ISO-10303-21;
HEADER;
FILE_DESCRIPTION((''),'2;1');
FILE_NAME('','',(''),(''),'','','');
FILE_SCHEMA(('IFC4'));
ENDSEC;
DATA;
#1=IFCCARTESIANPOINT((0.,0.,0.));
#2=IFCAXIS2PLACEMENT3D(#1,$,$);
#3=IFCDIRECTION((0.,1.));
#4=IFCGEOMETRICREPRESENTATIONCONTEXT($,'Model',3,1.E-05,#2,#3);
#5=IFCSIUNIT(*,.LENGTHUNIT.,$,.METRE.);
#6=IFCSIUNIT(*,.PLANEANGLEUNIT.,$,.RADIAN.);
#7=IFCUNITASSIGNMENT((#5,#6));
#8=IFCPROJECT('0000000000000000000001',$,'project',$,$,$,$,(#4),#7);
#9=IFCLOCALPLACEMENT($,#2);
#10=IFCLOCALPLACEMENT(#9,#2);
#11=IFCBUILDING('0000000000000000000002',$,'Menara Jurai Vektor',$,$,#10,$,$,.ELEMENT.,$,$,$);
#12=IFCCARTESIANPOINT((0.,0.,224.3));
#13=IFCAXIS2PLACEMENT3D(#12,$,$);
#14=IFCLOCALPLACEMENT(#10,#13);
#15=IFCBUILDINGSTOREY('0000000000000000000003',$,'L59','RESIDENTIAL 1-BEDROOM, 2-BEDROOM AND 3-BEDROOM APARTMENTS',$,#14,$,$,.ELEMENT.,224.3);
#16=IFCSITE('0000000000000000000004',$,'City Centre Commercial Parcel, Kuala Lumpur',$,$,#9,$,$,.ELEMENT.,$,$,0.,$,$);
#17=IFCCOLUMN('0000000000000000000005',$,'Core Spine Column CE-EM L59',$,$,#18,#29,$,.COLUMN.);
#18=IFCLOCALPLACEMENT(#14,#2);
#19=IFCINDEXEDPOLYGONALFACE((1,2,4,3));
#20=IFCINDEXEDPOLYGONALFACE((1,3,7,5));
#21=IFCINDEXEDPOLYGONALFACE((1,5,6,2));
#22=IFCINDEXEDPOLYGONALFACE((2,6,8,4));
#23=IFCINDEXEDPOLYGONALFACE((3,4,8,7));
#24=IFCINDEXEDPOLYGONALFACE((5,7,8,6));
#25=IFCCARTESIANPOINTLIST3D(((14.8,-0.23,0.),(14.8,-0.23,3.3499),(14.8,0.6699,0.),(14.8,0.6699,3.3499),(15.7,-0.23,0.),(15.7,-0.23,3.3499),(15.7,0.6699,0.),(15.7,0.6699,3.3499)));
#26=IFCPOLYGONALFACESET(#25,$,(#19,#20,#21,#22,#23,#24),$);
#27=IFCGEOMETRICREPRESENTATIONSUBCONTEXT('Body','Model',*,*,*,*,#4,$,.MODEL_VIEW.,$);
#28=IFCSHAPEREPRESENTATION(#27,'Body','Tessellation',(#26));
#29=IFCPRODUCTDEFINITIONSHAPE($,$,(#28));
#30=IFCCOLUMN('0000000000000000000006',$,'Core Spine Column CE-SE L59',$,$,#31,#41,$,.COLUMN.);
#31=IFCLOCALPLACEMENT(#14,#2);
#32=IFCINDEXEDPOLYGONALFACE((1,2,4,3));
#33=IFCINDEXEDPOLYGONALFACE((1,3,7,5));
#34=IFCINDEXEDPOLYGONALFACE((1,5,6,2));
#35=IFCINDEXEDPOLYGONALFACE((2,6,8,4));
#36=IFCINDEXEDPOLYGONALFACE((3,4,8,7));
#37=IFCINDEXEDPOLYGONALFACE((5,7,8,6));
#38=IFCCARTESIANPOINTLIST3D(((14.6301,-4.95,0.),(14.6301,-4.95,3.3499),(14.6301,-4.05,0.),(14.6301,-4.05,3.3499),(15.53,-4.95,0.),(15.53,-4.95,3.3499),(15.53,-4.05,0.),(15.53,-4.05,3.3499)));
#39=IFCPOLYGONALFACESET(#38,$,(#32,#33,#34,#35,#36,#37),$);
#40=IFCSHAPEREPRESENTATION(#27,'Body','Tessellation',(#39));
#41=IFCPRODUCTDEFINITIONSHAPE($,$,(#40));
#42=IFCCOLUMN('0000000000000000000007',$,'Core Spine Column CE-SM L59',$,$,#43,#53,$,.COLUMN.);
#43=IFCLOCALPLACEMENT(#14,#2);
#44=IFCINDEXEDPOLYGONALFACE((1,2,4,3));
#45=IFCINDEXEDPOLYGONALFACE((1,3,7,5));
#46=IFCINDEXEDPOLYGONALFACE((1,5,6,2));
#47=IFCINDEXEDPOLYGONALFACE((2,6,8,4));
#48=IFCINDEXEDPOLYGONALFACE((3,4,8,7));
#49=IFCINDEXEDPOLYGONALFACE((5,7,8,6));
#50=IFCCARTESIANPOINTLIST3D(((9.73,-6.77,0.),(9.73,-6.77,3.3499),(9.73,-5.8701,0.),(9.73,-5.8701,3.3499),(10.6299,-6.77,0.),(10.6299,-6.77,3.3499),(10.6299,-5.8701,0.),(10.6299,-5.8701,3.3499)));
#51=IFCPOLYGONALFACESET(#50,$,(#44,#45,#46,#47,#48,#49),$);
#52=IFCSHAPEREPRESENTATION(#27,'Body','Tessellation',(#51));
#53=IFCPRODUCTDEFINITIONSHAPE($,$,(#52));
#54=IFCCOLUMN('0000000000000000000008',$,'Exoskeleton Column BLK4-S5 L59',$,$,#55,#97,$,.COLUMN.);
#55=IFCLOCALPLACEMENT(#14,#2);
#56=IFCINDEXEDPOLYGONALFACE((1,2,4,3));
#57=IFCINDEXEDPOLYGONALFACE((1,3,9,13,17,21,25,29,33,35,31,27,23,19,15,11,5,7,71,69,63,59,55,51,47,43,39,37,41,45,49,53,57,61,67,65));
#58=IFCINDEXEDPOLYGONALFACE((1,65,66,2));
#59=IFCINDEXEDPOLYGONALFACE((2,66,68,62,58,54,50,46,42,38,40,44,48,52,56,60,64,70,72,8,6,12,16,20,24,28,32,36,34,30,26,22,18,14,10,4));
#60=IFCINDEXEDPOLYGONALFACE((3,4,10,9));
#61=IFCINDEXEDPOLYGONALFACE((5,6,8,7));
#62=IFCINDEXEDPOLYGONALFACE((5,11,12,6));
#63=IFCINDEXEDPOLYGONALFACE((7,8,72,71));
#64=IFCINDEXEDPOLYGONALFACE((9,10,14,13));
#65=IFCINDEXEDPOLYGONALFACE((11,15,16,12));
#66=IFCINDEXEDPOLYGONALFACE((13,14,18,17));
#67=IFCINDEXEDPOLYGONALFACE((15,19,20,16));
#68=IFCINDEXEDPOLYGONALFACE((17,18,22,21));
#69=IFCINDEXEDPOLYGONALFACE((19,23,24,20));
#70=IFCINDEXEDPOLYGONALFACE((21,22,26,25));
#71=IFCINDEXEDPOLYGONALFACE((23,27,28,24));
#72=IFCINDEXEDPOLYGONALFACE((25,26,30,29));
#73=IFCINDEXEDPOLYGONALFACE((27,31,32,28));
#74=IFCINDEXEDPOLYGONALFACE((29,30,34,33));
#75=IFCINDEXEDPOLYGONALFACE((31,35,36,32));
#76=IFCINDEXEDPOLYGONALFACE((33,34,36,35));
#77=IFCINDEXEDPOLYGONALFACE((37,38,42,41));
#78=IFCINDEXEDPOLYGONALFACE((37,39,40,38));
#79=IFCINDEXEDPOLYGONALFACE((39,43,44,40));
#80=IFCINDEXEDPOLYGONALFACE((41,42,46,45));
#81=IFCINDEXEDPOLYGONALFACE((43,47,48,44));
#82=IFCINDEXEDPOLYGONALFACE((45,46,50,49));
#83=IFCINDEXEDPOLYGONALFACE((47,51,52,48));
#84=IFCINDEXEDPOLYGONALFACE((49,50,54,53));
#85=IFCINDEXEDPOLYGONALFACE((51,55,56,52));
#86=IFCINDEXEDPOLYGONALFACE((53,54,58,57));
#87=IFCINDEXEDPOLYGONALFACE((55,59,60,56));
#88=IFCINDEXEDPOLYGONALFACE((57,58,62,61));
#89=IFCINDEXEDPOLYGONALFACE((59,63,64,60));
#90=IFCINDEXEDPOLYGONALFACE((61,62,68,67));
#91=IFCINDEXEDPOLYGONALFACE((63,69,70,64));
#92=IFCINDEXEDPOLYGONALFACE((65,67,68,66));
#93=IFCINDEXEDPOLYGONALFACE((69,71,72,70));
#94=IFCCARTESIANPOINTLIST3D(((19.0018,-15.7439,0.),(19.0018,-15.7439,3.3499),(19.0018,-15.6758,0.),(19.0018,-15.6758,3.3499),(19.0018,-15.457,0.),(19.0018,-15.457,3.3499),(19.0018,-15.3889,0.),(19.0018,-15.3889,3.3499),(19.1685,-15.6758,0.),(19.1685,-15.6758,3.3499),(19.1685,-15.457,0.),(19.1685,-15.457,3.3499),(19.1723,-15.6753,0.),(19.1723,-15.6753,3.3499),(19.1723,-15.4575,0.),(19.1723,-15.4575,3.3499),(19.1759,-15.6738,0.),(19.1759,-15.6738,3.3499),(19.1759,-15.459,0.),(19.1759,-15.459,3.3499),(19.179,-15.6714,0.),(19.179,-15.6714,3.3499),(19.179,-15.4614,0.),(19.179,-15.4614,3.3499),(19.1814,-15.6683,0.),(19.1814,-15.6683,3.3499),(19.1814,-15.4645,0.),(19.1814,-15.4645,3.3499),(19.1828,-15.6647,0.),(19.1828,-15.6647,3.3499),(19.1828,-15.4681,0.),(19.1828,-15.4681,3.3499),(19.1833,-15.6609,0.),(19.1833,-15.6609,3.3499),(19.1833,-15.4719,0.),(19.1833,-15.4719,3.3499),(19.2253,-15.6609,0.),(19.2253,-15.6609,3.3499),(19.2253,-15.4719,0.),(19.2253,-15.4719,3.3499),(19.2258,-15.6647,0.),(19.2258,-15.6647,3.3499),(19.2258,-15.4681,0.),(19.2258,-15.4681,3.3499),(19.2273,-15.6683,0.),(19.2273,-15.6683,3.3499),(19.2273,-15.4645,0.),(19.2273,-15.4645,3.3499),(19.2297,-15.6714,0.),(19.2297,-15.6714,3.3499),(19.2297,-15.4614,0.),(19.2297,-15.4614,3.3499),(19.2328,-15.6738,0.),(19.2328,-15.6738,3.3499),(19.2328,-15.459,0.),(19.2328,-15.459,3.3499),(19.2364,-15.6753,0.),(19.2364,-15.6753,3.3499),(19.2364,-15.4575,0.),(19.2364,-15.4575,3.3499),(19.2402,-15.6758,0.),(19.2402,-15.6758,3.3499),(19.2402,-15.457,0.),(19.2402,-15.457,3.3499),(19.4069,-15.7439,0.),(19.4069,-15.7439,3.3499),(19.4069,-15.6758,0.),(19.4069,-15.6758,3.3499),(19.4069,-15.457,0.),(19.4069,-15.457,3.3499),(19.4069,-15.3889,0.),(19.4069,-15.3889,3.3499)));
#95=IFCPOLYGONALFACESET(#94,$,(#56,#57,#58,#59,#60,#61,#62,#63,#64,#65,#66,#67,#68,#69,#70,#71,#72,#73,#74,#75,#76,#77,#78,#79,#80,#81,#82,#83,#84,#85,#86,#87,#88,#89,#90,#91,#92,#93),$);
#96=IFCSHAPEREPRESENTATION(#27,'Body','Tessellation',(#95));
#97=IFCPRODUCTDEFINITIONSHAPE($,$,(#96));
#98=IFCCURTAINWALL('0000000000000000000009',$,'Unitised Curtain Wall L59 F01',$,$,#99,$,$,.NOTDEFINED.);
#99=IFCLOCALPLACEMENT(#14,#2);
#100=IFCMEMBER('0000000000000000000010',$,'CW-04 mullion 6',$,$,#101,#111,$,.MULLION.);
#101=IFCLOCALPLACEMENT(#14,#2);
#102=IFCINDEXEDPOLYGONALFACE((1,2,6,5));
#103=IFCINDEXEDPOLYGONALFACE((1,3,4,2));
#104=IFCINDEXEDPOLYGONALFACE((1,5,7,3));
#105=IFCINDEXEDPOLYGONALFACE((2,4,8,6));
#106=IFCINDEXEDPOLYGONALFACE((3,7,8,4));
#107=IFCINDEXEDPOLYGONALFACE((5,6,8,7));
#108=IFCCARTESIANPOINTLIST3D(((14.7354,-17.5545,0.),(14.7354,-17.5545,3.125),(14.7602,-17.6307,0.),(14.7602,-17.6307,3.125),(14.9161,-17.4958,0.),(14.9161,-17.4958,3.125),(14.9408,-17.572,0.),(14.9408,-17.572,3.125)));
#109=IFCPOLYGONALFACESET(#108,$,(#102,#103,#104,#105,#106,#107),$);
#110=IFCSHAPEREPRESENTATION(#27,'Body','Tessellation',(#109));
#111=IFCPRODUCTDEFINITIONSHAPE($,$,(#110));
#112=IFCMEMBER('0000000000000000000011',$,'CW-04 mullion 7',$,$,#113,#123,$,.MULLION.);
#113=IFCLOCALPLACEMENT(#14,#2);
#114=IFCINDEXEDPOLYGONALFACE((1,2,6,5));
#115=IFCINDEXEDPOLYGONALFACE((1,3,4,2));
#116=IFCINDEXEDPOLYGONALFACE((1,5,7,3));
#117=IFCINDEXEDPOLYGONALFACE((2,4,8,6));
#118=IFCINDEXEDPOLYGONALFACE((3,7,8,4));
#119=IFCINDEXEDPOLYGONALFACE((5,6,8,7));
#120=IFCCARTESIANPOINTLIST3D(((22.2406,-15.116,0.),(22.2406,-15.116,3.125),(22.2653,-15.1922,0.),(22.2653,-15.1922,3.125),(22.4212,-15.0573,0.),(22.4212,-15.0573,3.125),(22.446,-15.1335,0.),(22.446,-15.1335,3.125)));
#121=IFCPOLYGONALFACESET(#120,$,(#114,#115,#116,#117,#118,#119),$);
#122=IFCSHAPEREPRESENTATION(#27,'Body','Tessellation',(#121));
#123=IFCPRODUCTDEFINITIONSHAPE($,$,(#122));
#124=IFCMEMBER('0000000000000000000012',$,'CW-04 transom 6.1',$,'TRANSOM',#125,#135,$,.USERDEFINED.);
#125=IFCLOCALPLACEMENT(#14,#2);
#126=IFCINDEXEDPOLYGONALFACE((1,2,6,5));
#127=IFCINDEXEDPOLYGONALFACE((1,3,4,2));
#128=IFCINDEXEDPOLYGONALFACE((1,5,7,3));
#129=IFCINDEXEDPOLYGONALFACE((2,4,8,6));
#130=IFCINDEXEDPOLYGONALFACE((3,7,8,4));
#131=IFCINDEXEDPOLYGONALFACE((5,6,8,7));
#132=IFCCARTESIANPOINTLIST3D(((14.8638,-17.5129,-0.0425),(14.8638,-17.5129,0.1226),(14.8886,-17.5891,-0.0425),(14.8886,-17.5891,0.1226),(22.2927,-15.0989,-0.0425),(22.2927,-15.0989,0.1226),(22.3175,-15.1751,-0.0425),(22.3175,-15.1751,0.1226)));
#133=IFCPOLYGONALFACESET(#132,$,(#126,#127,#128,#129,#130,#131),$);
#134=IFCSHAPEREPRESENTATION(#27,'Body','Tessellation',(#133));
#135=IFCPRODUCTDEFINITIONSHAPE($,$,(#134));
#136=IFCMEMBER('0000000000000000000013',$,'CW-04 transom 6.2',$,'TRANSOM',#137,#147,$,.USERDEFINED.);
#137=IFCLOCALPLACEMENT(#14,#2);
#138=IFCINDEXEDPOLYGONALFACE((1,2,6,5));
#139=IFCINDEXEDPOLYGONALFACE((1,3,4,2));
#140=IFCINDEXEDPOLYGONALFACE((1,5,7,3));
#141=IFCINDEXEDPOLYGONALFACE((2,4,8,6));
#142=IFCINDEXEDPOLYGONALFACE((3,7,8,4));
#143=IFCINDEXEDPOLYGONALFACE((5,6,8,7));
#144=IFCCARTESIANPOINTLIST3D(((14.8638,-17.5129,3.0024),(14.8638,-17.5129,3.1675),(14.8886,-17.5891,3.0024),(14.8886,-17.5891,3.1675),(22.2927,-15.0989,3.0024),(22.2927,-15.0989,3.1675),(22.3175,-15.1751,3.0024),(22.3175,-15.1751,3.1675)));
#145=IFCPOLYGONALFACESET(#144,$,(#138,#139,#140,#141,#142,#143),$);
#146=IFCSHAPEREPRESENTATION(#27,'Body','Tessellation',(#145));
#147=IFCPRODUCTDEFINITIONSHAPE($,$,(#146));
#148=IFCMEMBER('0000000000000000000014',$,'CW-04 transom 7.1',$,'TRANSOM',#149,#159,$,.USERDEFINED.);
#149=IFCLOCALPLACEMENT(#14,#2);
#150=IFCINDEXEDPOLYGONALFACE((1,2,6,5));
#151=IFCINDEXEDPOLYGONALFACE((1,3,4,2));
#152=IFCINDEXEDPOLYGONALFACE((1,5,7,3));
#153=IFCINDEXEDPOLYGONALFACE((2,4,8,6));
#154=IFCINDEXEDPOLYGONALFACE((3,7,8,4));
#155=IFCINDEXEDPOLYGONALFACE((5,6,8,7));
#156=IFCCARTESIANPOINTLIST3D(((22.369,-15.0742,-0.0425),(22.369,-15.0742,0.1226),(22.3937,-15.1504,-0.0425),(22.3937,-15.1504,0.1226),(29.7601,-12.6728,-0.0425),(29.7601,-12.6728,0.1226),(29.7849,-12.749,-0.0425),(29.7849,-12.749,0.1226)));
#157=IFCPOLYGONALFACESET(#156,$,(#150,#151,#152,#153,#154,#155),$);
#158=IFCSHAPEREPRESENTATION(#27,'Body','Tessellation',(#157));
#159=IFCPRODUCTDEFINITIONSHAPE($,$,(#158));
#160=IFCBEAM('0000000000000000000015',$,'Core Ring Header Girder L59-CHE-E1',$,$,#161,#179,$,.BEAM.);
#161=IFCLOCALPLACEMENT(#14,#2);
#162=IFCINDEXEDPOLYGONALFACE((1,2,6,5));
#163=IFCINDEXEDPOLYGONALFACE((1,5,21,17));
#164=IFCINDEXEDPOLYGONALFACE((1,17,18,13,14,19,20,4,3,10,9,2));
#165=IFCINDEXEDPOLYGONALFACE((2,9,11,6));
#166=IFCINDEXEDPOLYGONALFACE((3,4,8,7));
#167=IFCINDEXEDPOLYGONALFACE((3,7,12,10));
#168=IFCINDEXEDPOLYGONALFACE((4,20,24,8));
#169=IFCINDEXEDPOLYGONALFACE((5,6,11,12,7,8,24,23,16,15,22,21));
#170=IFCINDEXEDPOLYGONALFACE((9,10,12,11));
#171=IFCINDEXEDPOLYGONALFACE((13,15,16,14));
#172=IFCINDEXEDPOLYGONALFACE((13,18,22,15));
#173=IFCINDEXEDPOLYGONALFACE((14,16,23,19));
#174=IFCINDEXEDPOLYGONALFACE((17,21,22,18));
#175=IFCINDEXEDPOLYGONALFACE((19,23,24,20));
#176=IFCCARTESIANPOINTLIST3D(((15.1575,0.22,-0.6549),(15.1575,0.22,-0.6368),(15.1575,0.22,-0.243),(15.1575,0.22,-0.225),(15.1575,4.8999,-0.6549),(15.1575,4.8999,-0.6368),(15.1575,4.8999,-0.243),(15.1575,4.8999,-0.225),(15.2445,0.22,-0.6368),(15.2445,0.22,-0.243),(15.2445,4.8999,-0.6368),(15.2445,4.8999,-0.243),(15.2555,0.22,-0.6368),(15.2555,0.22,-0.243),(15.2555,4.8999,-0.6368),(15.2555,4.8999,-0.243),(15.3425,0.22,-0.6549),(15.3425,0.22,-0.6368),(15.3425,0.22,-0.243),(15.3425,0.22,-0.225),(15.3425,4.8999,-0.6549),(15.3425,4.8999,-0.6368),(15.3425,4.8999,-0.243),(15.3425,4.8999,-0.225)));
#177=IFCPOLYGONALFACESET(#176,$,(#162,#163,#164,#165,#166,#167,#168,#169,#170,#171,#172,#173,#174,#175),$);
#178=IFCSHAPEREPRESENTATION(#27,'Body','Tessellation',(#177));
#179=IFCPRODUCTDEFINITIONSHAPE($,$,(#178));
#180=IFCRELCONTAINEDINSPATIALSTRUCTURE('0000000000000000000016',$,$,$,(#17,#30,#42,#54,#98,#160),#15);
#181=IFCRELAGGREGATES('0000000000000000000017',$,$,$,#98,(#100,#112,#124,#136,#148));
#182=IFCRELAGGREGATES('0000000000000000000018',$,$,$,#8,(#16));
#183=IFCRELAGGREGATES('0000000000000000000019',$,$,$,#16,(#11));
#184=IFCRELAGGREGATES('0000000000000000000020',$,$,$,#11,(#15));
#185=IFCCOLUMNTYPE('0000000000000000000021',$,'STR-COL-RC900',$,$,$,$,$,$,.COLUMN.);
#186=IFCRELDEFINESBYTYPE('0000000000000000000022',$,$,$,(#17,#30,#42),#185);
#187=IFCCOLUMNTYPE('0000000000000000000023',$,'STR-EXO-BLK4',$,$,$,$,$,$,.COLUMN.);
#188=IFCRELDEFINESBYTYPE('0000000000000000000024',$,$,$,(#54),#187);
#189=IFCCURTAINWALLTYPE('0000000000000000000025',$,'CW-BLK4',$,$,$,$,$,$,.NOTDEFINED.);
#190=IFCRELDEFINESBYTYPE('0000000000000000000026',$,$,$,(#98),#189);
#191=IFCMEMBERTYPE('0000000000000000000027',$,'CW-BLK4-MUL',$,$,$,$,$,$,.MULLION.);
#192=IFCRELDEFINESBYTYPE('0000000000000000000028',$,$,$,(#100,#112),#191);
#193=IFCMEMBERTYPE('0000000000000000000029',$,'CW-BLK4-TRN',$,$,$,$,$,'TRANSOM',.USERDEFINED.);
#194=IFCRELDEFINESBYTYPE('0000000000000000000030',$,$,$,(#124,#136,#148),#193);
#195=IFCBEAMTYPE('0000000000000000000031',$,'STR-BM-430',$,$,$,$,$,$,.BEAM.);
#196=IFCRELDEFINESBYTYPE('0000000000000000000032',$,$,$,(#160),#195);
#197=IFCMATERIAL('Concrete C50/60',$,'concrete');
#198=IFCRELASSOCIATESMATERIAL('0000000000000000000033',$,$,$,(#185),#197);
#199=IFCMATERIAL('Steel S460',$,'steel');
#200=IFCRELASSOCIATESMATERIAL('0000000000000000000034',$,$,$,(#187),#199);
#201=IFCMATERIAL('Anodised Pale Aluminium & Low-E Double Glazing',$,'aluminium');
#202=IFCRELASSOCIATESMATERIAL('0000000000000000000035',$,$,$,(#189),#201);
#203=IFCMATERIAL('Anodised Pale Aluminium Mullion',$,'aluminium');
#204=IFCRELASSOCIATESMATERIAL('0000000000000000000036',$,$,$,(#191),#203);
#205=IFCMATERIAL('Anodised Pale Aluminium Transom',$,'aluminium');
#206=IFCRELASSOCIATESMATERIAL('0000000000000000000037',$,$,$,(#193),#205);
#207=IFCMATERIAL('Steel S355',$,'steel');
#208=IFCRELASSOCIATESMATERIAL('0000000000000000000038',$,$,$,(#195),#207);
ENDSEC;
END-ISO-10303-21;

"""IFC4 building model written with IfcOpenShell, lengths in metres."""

from ifc_helpers import new_model, si_unit, direction, frame, origin, origin_2d, place, context, subcontext, project, spatial, rectangle, i_section, extrude, material, material_profile, profile_set, type_object, element, aggregate, save


model = new_model("IFC4")

# Units and contexts
model_context = context("Model", 3, precision=1e-05, world=origin(), true_north=direction((0.0, 1.0)))
body_context = subcontext(model_context, "Body", "Model", "MODEL_VIEW")
ifc_project = project(units=[si_unit("LENGTHUNIT", "METRE"), si_unit("PLANEANGLEUNIT", "RADIAN")], contexts=[model_context])

# Site, building, storey
site_placement = place(None, origin())
site = spatial("IfcSite", under=ifc_project, at=site_placement, Name="City Centre Commercial Parcel, Kuala Lumpur", CompositionType="ELEMENT", RefElevation=0.0)
building_placement = place(site_placement, origin())
building = spatial("IfcBuilding", under=site, at=building_placement, Name="Menara Jurai Vektor", CompositionType="ELEMENT")
storey_placement = place(building_placement, frame((0.0, 0.0, 224.3)))
storey = spatial("IfcBuildingStorey", under=building, at=storey_placement, Name="L59", Description="RESIDENTIAL 1-BEDROOM, 2-BEDROOM AND 3-BEDROOM APARTMENTS", CompositionType="ELEMENT", Elevation=224.3)

# Columns
ifc_material_1 = material(Name="Concrete C50/60", Category="concrete")
ifc_material_profile_1 = material_profile(ifc_material_1, rectangle(XDim=0.8999, YDim=0.8999, at=origin_2d()), Name="RC 900x900")
ifc_profile_set_1 = profile_set([ifc_material_profile_1], Name="Concrete C50/60")
column_type_1 = type_object("IfcColumnType", Name="STR-COL-RC900", PredefinedType="COLUMN", material=ifc_profile_set_1)
for number, where, z_axis, x_axis, name in (
    (1, (15.25, 0.22, 0.0), (0.0, 0.0, 1.0), (1.0, 0.0, 0.0), "Core Spine Column CE-EM L59"),
    (2, (15.0801, -4.5, 0.0), (0.0, 0.0, 1.0), (1.0, 0.0, 0.0), "Core Spine Column CE-SE L59"),
    (3, (10.1799, -6.3201, 0.0), (0.0, 0.0, 1.0), (1.0, 0.0, 0.0), "Core Spine Column CE-SM L59"),
):
    element("IfcColumn", number, at=place(storey_placement, frame(where, z_axis=z_axis, x_axis=x_axis)), inside=storey, type_object=column_type_1, Name=name, PredefinedType="COLUMN", context=body_context, shape_type="SweptSolid", body=[
        extrude(rectangle(XDim=0.8999, YDim=0.8999, at=origin_2d()), origin(), (0.0, 0.0, 1.0), 3.3499),
    ])
ifc_material_2 = material(Name="Steel S460", Category="steel")
ifc_material_profile_2 = material_profile(ifc_material_2, i_section(OverallWidth=0.405, OverallDepth=0.355, WebThickness=0.042, FlangeThickness=0.0681, FilletRadius=0.0149, at=origin_2d()), Name="HD 400x551")
ifc_profile_set_2 = profile_set([ifc_material_profile_2], Name="Steel S460")
column_type_2 = type_object("IfcColumnType", Name="STR-EXO-BLK4", PredefinedType="COLUMN", material=ifc_profile_set_2)
column_placement = place(storey_placement, frame((19.2043, -15.5664, 0.0), z_axis=(0.0, 0.0, 1.0), x_axis=(1.0, 0.0, 0.0)))
element("IfcColumn", 4, at=column_placement, inside=storey, type_object=column_type_2, Name="Exoskeleton Column BLK4-S5 L59", PredefinedType="COLUMN", context=body_context, shape_type="SweptSolid", body=[
    extrude(i_section(OverallWidth=0.405, OverallDepth=0.355, WebThickness=0.042, FlangeThickness=0.0681, FilletRadius=0.0149, at=origin_2d()), origin(), (0.0, 0.0, 1.0), 3.3499),
])

# Curtain wall, members
ifc_material_3 = material(Name="Anodised Pale Aluminium & Low-E Double Glazing", Category="aluminium")
curtain_wall_type = type_object("IfcCurtainWallType", Name="CW-BLK4", PredefinedType="NOTDEFINED", material=ifc_material_3)
curtain_wall_placement = place(storey_placement, origin())
curtain_wall = element("IfcCurtainWall", 5, at=curtain_wall_placement, inside=storey, type_object=curtain_wall_type, Name="Unitised Curtain Wall L59 F01", PredefinedType="NOTDEFINED")
ifc_material_4 = material(Name="Anodised Pale Aluminium Mullion", Category="aluminium")
ifc_material_profile_3 = material_profile(ifc_material_4, rectangle(XDim=0.0801, YDim=0.1899, at=origin_2d()), Name="ALU MUL 80x190")
ifc_profile_set_3 = profile_set([ifc_material_profile_3], Name="Anodised Pale Aluminium Mullion")
member_type_1 = type_object("IfcMemberType", Name="CW-BLK4-MUL", PredefinedType="MULLION", material=ifc_profile_set_3)
member_1_placement = place(storey_placement, frame((14.8381, -17.5632, 0.0), z_axis=(0.0, 0.0, 1.0), x_axis=(-0.309017, 0.951056, 0.0)))
member_1 = element("IfcMember", 6, at=member_1_placement, type_object=member_type_1, Name="CW-04 mullion 6", PredefinedType="MULLION", context=body_context, shape_type="SweptSolid", body=[
    extrude(rectangle(XDim=0.0801, YDim=0.1899, at=origin_2d()), origin(), (0.0, 0.0, 1.0), 3.125),
])
member_2_placement = place(storey_placement, frame((22.3433, -15.1248, 0.0), z_axis=(0.0, 0.0, 1.0), x_axis=(-0.309017, 0.951056, 0.0)))
member_2 = element("IfcMember", 7, at=member_2_placement, type_object=member_type_1, Name="CW-04 mullion 7", PredefinedType="MULLION", context=body_context, shape_type="SweptSolid", body=[
    extrude(rectangle(XDim=0.0801, YDim=0.1899, at=origin_2d()), origin(), (0.0, 0.0, 1.0), 3.125),
])
ifc_material_5 = material(Name="Anodised Pale Aluminium Transom", Category="aluminium")
ifc_material_profile_4 = material_profile(ifc_material_5, rectangle(XDim=0.0801, YDim=0.165, at=origin_2d()), Name="ALU TRN 80x165")
ifc_profile_set_4 = profile_set([ifc_material_profile_4], Name="Anodised Pale Aluminium Transom")
member_type_2 = type_object("IfcMemberType", Name="CW-BLK4-TRN", ElementType="TRANSOM", PredefinedType="USERDEFINED", material=ifc_profile_set_4)
member_3_placement = place(storey_placement, frame((14.8762, -17.551, 0.04), z_axis=(0.951047, 0.309046, 0.0), x_axis=(-0.309046, 0.951047, 0.0)))
member_3 = element("IfcMember", 8, at=member_3_placement, type_object=member_type_2, Name="CW-04 transom 6.1", ObjectType="TRANSOM", PredefinedType="USERDEFINED", context=body_context, shape_type="SweptSolid", body=[
    extrude(rectangle(XDim=0.0801, YDim=0.165, at=origin_2d()), origin(), (0.0, 0.0, 1.0), 7.8113),
])
member_4_placement = place(storey_placement, frame((14.8762, -17.551, 3.085), z_axis=(0.951047, 0.309046, 0.0), x_axis=(-0.309046, 0.951047, 0.0)))
member_4 = element("IfcMember", 9, at=member_4_placement, type_object=member_type_2, Name="CW-04 transom 6.2", ObjectType="TRANSOM", PredefinedType="USERDEFINED", context=body_context, shape_type="SweptSolid", body=[
    extrude(rectangle(XDim=0.0801, YDim=0.165, at=origin_2d()), origin(), (0.0, 0.0, 1.0), 7.8113),
])
member_5_placement = place(storey_placement, frame((22.3813, -15.1123, 0.04), z_axis=(0.951062, 0.308999, 0.0), x_axis=(-0.308999, 0.951062, 0.0)))
member_5 = element("IfcMember", 10, at=member_5_placement, type_object=member_type_2, Name="CW-04 transom 7.1", ObjectType="TRANSOM", PredefinedType="USERDEFINED", context=body_context, shape_type="SweptSolid", body=[
    extrude(rectangle(XDim=0.0801, YDim=0.165, at=origin_2d()), origin(), (0.0, 0.0, 1.0), 7.7715),
])

# Beam
ifc_material_6 = material(Name="Steel S355", Category="steel")
ifc_material_profile_5 = material_profile(ifc_material_6, i_section(OverallWidth=0.1851, OverallDepth=0.4299, WebThickness=0.011, FlangeThickness=0.0181, at=origin_2d()), Name="PG 430x185x76")
ifc_profile_set_5 = profile_set([ifc_material_profile_5], Name="Steel S355")
beam_type_1 = type_object("IfcBeamType", Name="STR-BM-430", PredefinedType="BEAM", material=ifc_profile_set_5)
beam_1_placement = place(storey_placement, frame((15.25, 0.22, -0.4399), z_axis=(0.0, 1.0, 0.0), x_axis=(-1.0, 0.0, 0.0)))
element("IfcBeam", 11, at=beam_1_placement, inside=storey, type_object=beam_type_1, Name="Core Ring Header Girder L59-CHE-E1", PredefinedType="BEAM", context=body_context, shape_type="SweptSolid", body=[
    extrude(i_section(OverallWidth=0.1851, OverallDepth=0.4299, WebThickness=0.011, FlangeThickness=0.0181, at=origin_2d()), origin(), (0.0, 0.0, 1.0), 4.6799),
])

aggregate(curtain_wall, [member_1, member_2, member_3, member_4, member_5])

save(model, "model.ifc")
